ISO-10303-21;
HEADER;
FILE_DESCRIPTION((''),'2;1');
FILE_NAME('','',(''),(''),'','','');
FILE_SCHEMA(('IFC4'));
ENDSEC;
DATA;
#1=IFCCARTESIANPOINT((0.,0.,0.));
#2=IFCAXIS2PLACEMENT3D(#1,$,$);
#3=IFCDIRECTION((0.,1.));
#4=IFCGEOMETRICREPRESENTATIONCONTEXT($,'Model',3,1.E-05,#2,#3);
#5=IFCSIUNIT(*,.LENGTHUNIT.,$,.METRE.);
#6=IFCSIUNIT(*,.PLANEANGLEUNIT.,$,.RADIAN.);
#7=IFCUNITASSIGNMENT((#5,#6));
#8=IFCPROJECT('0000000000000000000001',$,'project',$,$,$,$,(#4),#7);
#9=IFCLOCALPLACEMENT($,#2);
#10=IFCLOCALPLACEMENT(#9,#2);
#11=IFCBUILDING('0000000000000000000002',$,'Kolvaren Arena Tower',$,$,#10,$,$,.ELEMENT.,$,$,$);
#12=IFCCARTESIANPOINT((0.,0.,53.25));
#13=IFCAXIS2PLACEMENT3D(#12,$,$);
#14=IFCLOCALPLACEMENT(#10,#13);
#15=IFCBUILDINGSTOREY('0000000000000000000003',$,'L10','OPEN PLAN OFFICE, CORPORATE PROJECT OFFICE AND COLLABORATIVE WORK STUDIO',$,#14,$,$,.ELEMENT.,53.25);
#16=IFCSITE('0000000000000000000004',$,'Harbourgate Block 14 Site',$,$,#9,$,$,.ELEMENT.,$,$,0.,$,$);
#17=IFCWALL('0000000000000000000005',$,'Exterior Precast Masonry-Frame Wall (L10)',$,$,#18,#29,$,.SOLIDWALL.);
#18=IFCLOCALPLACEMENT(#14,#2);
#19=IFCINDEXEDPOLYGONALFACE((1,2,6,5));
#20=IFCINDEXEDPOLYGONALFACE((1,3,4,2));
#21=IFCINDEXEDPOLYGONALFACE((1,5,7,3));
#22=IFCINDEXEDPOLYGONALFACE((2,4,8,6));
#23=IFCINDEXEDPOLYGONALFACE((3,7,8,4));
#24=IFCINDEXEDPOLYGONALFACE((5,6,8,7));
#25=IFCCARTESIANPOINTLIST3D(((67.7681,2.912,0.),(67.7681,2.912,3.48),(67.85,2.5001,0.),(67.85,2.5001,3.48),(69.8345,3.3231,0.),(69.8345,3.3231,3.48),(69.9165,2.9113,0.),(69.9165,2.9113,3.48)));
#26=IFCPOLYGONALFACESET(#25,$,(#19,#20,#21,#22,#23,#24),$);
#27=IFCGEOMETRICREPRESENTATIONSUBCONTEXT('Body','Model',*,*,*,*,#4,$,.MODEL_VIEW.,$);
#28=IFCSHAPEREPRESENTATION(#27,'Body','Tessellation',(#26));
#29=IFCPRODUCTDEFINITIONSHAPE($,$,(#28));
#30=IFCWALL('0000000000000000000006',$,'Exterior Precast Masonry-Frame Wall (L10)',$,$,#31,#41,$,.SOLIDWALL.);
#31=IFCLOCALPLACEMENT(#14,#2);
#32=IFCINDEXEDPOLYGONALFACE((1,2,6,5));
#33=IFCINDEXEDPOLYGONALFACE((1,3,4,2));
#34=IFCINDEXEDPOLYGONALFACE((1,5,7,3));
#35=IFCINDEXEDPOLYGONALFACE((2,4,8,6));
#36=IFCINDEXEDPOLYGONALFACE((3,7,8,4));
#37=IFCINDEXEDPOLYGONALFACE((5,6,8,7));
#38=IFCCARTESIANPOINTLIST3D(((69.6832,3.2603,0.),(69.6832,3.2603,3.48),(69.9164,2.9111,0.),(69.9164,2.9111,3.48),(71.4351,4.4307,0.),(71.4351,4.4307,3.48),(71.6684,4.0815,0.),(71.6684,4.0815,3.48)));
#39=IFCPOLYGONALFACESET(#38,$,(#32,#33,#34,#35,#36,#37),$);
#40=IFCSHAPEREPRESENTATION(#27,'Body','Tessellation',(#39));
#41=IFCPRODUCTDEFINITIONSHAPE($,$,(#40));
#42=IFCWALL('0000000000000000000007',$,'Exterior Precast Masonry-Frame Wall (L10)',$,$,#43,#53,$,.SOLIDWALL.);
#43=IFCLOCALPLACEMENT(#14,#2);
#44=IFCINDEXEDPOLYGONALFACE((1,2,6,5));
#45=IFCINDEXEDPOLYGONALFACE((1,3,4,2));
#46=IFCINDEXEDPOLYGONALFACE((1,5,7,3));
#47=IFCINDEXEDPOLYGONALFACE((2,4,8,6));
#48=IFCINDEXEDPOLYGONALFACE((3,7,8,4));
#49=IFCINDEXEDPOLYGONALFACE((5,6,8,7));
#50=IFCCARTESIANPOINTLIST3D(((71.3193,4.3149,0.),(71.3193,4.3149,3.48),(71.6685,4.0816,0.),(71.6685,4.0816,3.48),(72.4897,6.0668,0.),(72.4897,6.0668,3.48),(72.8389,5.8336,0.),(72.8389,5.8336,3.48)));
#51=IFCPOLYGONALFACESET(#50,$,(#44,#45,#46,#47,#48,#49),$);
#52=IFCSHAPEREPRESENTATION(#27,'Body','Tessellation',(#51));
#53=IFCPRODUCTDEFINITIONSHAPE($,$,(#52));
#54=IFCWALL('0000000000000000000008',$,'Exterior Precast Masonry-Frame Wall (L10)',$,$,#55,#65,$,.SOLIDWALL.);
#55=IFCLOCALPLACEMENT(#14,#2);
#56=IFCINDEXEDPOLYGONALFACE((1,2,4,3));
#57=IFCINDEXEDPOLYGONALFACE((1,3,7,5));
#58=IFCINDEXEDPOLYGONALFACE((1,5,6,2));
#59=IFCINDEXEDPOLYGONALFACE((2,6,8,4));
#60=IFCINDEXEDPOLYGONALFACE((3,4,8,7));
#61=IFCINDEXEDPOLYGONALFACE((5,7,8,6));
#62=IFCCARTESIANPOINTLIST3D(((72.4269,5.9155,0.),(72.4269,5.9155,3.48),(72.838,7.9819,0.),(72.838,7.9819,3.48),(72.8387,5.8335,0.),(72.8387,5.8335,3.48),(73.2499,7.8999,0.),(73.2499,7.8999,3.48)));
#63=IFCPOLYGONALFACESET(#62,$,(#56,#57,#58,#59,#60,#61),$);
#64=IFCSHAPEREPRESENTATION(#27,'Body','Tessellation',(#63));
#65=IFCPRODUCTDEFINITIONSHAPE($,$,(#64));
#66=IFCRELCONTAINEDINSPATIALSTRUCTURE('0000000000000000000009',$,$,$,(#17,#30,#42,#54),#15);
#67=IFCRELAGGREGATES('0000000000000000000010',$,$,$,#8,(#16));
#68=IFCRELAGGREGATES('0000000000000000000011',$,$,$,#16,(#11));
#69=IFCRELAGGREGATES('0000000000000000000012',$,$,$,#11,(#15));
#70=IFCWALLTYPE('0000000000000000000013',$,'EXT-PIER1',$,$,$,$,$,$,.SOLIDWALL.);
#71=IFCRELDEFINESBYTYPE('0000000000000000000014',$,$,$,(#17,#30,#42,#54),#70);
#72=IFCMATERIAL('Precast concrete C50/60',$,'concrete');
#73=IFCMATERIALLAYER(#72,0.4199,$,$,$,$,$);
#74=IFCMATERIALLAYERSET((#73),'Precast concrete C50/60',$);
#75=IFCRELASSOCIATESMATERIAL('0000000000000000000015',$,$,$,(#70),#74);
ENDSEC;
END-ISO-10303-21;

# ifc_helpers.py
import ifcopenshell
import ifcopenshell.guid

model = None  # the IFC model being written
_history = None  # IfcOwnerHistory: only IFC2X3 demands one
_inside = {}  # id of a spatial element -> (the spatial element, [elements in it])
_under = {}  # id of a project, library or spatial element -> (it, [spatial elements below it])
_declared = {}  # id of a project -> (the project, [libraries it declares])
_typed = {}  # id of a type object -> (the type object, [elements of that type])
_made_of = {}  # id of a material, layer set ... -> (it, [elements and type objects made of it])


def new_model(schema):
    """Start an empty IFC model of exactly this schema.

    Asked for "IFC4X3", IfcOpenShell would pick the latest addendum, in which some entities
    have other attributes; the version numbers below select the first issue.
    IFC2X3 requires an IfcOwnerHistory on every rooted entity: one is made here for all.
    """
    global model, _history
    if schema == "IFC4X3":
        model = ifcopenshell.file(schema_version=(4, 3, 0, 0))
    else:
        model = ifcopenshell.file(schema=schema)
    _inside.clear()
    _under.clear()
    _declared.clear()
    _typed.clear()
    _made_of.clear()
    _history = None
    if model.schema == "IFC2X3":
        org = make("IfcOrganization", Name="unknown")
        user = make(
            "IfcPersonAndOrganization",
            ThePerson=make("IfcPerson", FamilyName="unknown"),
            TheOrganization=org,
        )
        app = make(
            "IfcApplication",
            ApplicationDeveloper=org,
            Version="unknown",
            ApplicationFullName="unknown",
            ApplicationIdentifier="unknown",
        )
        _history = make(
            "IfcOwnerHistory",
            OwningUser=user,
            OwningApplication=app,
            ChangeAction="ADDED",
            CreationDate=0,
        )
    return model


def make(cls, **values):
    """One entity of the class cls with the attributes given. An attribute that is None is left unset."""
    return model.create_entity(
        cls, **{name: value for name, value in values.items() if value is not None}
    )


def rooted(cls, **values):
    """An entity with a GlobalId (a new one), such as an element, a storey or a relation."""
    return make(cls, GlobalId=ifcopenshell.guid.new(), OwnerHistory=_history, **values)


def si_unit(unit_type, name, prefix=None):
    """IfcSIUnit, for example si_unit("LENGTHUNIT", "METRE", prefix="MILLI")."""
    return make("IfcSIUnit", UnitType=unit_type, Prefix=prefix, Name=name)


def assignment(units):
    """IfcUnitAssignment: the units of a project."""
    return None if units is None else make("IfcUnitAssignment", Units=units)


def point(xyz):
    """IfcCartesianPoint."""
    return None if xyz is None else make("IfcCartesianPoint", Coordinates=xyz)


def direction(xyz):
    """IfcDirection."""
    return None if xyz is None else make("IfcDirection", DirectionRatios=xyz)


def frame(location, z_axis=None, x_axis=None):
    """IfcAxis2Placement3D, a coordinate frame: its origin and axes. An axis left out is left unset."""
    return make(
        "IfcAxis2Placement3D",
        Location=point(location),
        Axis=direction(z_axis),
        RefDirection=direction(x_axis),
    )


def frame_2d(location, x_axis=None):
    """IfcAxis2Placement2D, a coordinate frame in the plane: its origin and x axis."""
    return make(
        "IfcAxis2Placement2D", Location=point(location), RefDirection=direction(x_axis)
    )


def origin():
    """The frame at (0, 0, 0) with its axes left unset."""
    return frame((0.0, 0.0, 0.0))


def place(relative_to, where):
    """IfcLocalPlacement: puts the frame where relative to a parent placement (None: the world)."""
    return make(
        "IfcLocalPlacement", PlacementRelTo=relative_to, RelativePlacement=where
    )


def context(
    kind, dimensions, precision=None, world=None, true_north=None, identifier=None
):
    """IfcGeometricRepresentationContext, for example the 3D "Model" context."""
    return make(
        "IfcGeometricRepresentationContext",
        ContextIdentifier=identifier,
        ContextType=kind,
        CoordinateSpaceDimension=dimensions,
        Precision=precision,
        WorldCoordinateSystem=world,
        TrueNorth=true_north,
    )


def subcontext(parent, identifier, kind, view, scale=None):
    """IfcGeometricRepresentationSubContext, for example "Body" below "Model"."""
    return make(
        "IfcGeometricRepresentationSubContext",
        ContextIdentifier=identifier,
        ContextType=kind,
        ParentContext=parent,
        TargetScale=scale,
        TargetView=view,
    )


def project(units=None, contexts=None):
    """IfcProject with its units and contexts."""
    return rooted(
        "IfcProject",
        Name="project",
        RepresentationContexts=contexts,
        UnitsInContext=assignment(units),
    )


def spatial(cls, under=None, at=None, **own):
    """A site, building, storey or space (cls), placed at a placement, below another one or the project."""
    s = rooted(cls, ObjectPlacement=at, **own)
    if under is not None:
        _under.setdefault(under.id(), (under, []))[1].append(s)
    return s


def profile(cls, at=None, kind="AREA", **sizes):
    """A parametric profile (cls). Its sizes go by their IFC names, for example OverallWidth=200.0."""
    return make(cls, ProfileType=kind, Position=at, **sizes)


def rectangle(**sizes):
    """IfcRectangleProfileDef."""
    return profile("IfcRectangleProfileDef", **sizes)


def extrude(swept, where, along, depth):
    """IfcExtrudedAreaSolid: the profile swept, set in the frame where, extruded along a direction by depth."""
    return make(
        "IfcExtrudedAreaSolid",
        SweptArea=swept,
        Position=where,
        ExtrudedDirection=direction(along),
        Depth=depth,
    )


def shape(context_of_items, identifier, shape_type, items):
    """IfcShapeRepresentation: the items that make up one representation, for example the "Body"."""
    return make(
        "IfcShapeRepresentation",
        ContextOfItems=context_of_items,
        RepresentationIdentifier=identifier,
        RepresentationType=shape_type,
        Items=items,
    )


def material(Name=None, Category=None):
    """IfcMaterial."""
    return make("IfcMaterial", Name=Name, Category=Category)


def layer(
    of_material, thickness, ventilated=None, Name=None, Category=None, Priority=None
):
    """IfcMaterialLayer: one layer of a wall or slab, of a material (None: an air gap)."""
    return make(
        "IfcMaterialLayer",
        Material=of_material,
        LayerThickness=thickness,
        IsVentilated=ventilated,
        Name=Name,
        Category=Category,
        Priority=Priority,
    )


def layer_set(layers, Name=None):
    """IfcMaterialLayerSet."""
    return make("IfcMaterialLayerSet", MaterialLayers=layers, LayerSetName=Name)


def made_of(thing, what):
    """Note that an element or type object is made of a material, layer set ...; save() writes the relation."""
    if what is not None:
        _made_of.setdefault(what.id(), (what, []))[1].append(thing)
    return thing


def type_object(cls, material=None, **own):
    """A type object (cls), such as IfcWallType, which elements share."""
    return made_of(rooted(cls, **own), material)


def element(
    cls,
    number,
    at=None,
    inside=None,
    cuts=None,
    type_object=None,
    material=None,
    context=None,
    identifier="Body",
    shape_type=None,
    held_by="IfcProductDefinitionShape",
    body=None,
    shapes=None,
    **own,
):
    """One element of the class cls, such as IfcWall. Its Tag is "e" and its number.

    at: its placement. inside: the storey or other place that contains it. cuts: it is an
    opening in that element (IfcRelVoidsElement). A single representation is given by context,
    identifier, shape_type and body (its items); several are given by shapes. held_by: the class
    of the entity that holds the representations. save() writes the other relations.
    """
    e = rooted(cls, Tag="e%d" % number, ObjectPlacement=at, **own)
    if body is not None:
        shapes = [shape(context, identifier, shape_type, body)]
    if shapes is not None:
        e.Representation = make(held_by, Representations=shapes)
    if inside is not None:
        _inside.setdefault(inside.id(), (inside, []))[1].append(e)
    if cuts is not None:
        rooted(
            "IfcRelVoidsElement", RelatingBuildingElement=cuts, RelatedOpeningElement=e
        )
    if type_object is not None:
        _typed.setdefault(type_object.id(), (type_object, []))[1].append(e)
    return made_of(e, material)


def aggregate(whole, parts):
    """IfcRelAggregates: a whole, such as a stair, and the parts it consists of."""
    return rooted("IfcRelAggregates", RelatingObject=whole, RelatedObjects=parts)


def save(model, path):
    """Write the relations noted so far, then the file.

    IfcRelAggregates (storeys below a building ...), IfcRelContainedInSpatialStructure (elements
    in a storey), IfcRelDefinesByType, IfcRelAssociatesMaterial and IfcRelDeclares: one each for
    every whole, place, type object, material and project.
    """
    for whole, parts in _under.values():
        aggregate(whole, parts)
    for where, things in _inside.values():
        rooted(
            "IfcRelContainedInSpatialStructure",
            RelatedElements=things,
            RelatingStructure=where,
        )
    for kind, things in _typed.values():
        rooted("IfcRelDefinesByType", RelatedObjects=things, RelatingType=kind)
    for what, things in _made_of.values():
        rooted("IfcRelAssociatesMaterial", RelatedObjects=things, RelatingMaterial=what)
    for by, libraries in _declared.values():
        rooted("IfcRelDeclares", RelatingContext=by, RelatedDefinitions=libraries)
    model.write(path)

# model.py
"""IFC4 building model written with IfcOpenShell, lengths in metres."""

from ifc_helpers import new_model, si_unit, direction, frame, frame_2d, origin, place, context, subcontext, project, spatial, rectangle, extrude, material, layer, layer_set, type_object, element, save


model = new_model("IFC4")

# Units and contexts
model_context = context("Model", 3, precision=1e-05, world=origin(), true_north=direction((0.0, 1.0)))
body_context = subcontext(model_context, "Body", "Model", "MODEL_VIEW")
ifc_project = project(units=[si_unit("LENGTHUNIT", "METRE"), si_unit("PLANEANGLEUNIT", "RADIAN")], contexts=[model_context])

# Site, building, storey
site_placement = place(None, origin())
site = spatial("IfcSite", under=ifc_project, at=site_placement, Name="Harbourgate Block 14 Site", CompositionType="ELEMENT", RefElevation=0.0)
building_placement = place(site_placement, origin())
building = spatial("IfcBuilding", under=site, at=building_placement, Name="Kolvaren Arena Tower", CompositionType="ELEMENT")
storey_placement = place(building_placement, frame((0.0, 0.0, 53.25)))
storey = spatial("IfcBuildingStorey", under=building, at=storey_placement, Name="L10", Description="OPEN PLAN OFFICE, CORPORATE PROJECT OFFICE AND COLLABORATIVE WORK STUDIO", CompositionType="ELEMENT", Elevation=53.25)

# Walls
ifc_material_1 = material(Name="Precast concrete C50/60", Category="concrete")
ifc_layer_1 = layer(ifc_material_1, 0.4199)
ifc_layer_set_1 = layer_set([ifc_layer_1], Name="Precast concrete C50/60")
wall_type_1 = type_object("IfcWallType", Name="EXT-PIER1", PredefinedType="SOLIDWALL", material=ifc_layer_set_1)
for number, where, z_axis, x_axis, name in (
    (1, (69.8755, 3.1172, 0.0), (0.0, 0.0, 1.0), (-0.980776, -0.195136, 0.0), "Exterior Precast Masonry-Frame Wall (L10)"),
    (2, (71.5518, 4.2561, 0.0), (0.0, 0.0, 1.0), (-0.831515, -0.555502, 0.0), "Exterior Precast Masonry-Frame Wall (L10)"),
    (3, (72.6643, 5.9502, 0.0), (0.0, 0.0, 1.0), (-0.555502, -0.831515, 0.0), "Exterior Precast Masonry-Frame Wall (L10)"),
    (4, (73.0439, 7.9409, 0.0), (0.0, 0.0, 1.0), (-0.195136, -0.980776, 0.0), "Exterior Precast Masonry-Frame Wall (L10)"),
):
    element("IfcWall", number, at=place(storey_placement, frame(where, z_axis=z_axis, x_axis=x_axis)), inside=storey, type_object=wall_type_1, Name=name, PredefinedType="SOLIDWALL", context=body_context, shape_type="SweptSolid", body=[
        extrude(rectangle(XDim=2.1069, YDim=0.4199, at=frame_2d((1.0535, 0.0))), origin(), (0.0, 0.0, 1.0), 3.48),
    ])

save(model, "model.ifc")
